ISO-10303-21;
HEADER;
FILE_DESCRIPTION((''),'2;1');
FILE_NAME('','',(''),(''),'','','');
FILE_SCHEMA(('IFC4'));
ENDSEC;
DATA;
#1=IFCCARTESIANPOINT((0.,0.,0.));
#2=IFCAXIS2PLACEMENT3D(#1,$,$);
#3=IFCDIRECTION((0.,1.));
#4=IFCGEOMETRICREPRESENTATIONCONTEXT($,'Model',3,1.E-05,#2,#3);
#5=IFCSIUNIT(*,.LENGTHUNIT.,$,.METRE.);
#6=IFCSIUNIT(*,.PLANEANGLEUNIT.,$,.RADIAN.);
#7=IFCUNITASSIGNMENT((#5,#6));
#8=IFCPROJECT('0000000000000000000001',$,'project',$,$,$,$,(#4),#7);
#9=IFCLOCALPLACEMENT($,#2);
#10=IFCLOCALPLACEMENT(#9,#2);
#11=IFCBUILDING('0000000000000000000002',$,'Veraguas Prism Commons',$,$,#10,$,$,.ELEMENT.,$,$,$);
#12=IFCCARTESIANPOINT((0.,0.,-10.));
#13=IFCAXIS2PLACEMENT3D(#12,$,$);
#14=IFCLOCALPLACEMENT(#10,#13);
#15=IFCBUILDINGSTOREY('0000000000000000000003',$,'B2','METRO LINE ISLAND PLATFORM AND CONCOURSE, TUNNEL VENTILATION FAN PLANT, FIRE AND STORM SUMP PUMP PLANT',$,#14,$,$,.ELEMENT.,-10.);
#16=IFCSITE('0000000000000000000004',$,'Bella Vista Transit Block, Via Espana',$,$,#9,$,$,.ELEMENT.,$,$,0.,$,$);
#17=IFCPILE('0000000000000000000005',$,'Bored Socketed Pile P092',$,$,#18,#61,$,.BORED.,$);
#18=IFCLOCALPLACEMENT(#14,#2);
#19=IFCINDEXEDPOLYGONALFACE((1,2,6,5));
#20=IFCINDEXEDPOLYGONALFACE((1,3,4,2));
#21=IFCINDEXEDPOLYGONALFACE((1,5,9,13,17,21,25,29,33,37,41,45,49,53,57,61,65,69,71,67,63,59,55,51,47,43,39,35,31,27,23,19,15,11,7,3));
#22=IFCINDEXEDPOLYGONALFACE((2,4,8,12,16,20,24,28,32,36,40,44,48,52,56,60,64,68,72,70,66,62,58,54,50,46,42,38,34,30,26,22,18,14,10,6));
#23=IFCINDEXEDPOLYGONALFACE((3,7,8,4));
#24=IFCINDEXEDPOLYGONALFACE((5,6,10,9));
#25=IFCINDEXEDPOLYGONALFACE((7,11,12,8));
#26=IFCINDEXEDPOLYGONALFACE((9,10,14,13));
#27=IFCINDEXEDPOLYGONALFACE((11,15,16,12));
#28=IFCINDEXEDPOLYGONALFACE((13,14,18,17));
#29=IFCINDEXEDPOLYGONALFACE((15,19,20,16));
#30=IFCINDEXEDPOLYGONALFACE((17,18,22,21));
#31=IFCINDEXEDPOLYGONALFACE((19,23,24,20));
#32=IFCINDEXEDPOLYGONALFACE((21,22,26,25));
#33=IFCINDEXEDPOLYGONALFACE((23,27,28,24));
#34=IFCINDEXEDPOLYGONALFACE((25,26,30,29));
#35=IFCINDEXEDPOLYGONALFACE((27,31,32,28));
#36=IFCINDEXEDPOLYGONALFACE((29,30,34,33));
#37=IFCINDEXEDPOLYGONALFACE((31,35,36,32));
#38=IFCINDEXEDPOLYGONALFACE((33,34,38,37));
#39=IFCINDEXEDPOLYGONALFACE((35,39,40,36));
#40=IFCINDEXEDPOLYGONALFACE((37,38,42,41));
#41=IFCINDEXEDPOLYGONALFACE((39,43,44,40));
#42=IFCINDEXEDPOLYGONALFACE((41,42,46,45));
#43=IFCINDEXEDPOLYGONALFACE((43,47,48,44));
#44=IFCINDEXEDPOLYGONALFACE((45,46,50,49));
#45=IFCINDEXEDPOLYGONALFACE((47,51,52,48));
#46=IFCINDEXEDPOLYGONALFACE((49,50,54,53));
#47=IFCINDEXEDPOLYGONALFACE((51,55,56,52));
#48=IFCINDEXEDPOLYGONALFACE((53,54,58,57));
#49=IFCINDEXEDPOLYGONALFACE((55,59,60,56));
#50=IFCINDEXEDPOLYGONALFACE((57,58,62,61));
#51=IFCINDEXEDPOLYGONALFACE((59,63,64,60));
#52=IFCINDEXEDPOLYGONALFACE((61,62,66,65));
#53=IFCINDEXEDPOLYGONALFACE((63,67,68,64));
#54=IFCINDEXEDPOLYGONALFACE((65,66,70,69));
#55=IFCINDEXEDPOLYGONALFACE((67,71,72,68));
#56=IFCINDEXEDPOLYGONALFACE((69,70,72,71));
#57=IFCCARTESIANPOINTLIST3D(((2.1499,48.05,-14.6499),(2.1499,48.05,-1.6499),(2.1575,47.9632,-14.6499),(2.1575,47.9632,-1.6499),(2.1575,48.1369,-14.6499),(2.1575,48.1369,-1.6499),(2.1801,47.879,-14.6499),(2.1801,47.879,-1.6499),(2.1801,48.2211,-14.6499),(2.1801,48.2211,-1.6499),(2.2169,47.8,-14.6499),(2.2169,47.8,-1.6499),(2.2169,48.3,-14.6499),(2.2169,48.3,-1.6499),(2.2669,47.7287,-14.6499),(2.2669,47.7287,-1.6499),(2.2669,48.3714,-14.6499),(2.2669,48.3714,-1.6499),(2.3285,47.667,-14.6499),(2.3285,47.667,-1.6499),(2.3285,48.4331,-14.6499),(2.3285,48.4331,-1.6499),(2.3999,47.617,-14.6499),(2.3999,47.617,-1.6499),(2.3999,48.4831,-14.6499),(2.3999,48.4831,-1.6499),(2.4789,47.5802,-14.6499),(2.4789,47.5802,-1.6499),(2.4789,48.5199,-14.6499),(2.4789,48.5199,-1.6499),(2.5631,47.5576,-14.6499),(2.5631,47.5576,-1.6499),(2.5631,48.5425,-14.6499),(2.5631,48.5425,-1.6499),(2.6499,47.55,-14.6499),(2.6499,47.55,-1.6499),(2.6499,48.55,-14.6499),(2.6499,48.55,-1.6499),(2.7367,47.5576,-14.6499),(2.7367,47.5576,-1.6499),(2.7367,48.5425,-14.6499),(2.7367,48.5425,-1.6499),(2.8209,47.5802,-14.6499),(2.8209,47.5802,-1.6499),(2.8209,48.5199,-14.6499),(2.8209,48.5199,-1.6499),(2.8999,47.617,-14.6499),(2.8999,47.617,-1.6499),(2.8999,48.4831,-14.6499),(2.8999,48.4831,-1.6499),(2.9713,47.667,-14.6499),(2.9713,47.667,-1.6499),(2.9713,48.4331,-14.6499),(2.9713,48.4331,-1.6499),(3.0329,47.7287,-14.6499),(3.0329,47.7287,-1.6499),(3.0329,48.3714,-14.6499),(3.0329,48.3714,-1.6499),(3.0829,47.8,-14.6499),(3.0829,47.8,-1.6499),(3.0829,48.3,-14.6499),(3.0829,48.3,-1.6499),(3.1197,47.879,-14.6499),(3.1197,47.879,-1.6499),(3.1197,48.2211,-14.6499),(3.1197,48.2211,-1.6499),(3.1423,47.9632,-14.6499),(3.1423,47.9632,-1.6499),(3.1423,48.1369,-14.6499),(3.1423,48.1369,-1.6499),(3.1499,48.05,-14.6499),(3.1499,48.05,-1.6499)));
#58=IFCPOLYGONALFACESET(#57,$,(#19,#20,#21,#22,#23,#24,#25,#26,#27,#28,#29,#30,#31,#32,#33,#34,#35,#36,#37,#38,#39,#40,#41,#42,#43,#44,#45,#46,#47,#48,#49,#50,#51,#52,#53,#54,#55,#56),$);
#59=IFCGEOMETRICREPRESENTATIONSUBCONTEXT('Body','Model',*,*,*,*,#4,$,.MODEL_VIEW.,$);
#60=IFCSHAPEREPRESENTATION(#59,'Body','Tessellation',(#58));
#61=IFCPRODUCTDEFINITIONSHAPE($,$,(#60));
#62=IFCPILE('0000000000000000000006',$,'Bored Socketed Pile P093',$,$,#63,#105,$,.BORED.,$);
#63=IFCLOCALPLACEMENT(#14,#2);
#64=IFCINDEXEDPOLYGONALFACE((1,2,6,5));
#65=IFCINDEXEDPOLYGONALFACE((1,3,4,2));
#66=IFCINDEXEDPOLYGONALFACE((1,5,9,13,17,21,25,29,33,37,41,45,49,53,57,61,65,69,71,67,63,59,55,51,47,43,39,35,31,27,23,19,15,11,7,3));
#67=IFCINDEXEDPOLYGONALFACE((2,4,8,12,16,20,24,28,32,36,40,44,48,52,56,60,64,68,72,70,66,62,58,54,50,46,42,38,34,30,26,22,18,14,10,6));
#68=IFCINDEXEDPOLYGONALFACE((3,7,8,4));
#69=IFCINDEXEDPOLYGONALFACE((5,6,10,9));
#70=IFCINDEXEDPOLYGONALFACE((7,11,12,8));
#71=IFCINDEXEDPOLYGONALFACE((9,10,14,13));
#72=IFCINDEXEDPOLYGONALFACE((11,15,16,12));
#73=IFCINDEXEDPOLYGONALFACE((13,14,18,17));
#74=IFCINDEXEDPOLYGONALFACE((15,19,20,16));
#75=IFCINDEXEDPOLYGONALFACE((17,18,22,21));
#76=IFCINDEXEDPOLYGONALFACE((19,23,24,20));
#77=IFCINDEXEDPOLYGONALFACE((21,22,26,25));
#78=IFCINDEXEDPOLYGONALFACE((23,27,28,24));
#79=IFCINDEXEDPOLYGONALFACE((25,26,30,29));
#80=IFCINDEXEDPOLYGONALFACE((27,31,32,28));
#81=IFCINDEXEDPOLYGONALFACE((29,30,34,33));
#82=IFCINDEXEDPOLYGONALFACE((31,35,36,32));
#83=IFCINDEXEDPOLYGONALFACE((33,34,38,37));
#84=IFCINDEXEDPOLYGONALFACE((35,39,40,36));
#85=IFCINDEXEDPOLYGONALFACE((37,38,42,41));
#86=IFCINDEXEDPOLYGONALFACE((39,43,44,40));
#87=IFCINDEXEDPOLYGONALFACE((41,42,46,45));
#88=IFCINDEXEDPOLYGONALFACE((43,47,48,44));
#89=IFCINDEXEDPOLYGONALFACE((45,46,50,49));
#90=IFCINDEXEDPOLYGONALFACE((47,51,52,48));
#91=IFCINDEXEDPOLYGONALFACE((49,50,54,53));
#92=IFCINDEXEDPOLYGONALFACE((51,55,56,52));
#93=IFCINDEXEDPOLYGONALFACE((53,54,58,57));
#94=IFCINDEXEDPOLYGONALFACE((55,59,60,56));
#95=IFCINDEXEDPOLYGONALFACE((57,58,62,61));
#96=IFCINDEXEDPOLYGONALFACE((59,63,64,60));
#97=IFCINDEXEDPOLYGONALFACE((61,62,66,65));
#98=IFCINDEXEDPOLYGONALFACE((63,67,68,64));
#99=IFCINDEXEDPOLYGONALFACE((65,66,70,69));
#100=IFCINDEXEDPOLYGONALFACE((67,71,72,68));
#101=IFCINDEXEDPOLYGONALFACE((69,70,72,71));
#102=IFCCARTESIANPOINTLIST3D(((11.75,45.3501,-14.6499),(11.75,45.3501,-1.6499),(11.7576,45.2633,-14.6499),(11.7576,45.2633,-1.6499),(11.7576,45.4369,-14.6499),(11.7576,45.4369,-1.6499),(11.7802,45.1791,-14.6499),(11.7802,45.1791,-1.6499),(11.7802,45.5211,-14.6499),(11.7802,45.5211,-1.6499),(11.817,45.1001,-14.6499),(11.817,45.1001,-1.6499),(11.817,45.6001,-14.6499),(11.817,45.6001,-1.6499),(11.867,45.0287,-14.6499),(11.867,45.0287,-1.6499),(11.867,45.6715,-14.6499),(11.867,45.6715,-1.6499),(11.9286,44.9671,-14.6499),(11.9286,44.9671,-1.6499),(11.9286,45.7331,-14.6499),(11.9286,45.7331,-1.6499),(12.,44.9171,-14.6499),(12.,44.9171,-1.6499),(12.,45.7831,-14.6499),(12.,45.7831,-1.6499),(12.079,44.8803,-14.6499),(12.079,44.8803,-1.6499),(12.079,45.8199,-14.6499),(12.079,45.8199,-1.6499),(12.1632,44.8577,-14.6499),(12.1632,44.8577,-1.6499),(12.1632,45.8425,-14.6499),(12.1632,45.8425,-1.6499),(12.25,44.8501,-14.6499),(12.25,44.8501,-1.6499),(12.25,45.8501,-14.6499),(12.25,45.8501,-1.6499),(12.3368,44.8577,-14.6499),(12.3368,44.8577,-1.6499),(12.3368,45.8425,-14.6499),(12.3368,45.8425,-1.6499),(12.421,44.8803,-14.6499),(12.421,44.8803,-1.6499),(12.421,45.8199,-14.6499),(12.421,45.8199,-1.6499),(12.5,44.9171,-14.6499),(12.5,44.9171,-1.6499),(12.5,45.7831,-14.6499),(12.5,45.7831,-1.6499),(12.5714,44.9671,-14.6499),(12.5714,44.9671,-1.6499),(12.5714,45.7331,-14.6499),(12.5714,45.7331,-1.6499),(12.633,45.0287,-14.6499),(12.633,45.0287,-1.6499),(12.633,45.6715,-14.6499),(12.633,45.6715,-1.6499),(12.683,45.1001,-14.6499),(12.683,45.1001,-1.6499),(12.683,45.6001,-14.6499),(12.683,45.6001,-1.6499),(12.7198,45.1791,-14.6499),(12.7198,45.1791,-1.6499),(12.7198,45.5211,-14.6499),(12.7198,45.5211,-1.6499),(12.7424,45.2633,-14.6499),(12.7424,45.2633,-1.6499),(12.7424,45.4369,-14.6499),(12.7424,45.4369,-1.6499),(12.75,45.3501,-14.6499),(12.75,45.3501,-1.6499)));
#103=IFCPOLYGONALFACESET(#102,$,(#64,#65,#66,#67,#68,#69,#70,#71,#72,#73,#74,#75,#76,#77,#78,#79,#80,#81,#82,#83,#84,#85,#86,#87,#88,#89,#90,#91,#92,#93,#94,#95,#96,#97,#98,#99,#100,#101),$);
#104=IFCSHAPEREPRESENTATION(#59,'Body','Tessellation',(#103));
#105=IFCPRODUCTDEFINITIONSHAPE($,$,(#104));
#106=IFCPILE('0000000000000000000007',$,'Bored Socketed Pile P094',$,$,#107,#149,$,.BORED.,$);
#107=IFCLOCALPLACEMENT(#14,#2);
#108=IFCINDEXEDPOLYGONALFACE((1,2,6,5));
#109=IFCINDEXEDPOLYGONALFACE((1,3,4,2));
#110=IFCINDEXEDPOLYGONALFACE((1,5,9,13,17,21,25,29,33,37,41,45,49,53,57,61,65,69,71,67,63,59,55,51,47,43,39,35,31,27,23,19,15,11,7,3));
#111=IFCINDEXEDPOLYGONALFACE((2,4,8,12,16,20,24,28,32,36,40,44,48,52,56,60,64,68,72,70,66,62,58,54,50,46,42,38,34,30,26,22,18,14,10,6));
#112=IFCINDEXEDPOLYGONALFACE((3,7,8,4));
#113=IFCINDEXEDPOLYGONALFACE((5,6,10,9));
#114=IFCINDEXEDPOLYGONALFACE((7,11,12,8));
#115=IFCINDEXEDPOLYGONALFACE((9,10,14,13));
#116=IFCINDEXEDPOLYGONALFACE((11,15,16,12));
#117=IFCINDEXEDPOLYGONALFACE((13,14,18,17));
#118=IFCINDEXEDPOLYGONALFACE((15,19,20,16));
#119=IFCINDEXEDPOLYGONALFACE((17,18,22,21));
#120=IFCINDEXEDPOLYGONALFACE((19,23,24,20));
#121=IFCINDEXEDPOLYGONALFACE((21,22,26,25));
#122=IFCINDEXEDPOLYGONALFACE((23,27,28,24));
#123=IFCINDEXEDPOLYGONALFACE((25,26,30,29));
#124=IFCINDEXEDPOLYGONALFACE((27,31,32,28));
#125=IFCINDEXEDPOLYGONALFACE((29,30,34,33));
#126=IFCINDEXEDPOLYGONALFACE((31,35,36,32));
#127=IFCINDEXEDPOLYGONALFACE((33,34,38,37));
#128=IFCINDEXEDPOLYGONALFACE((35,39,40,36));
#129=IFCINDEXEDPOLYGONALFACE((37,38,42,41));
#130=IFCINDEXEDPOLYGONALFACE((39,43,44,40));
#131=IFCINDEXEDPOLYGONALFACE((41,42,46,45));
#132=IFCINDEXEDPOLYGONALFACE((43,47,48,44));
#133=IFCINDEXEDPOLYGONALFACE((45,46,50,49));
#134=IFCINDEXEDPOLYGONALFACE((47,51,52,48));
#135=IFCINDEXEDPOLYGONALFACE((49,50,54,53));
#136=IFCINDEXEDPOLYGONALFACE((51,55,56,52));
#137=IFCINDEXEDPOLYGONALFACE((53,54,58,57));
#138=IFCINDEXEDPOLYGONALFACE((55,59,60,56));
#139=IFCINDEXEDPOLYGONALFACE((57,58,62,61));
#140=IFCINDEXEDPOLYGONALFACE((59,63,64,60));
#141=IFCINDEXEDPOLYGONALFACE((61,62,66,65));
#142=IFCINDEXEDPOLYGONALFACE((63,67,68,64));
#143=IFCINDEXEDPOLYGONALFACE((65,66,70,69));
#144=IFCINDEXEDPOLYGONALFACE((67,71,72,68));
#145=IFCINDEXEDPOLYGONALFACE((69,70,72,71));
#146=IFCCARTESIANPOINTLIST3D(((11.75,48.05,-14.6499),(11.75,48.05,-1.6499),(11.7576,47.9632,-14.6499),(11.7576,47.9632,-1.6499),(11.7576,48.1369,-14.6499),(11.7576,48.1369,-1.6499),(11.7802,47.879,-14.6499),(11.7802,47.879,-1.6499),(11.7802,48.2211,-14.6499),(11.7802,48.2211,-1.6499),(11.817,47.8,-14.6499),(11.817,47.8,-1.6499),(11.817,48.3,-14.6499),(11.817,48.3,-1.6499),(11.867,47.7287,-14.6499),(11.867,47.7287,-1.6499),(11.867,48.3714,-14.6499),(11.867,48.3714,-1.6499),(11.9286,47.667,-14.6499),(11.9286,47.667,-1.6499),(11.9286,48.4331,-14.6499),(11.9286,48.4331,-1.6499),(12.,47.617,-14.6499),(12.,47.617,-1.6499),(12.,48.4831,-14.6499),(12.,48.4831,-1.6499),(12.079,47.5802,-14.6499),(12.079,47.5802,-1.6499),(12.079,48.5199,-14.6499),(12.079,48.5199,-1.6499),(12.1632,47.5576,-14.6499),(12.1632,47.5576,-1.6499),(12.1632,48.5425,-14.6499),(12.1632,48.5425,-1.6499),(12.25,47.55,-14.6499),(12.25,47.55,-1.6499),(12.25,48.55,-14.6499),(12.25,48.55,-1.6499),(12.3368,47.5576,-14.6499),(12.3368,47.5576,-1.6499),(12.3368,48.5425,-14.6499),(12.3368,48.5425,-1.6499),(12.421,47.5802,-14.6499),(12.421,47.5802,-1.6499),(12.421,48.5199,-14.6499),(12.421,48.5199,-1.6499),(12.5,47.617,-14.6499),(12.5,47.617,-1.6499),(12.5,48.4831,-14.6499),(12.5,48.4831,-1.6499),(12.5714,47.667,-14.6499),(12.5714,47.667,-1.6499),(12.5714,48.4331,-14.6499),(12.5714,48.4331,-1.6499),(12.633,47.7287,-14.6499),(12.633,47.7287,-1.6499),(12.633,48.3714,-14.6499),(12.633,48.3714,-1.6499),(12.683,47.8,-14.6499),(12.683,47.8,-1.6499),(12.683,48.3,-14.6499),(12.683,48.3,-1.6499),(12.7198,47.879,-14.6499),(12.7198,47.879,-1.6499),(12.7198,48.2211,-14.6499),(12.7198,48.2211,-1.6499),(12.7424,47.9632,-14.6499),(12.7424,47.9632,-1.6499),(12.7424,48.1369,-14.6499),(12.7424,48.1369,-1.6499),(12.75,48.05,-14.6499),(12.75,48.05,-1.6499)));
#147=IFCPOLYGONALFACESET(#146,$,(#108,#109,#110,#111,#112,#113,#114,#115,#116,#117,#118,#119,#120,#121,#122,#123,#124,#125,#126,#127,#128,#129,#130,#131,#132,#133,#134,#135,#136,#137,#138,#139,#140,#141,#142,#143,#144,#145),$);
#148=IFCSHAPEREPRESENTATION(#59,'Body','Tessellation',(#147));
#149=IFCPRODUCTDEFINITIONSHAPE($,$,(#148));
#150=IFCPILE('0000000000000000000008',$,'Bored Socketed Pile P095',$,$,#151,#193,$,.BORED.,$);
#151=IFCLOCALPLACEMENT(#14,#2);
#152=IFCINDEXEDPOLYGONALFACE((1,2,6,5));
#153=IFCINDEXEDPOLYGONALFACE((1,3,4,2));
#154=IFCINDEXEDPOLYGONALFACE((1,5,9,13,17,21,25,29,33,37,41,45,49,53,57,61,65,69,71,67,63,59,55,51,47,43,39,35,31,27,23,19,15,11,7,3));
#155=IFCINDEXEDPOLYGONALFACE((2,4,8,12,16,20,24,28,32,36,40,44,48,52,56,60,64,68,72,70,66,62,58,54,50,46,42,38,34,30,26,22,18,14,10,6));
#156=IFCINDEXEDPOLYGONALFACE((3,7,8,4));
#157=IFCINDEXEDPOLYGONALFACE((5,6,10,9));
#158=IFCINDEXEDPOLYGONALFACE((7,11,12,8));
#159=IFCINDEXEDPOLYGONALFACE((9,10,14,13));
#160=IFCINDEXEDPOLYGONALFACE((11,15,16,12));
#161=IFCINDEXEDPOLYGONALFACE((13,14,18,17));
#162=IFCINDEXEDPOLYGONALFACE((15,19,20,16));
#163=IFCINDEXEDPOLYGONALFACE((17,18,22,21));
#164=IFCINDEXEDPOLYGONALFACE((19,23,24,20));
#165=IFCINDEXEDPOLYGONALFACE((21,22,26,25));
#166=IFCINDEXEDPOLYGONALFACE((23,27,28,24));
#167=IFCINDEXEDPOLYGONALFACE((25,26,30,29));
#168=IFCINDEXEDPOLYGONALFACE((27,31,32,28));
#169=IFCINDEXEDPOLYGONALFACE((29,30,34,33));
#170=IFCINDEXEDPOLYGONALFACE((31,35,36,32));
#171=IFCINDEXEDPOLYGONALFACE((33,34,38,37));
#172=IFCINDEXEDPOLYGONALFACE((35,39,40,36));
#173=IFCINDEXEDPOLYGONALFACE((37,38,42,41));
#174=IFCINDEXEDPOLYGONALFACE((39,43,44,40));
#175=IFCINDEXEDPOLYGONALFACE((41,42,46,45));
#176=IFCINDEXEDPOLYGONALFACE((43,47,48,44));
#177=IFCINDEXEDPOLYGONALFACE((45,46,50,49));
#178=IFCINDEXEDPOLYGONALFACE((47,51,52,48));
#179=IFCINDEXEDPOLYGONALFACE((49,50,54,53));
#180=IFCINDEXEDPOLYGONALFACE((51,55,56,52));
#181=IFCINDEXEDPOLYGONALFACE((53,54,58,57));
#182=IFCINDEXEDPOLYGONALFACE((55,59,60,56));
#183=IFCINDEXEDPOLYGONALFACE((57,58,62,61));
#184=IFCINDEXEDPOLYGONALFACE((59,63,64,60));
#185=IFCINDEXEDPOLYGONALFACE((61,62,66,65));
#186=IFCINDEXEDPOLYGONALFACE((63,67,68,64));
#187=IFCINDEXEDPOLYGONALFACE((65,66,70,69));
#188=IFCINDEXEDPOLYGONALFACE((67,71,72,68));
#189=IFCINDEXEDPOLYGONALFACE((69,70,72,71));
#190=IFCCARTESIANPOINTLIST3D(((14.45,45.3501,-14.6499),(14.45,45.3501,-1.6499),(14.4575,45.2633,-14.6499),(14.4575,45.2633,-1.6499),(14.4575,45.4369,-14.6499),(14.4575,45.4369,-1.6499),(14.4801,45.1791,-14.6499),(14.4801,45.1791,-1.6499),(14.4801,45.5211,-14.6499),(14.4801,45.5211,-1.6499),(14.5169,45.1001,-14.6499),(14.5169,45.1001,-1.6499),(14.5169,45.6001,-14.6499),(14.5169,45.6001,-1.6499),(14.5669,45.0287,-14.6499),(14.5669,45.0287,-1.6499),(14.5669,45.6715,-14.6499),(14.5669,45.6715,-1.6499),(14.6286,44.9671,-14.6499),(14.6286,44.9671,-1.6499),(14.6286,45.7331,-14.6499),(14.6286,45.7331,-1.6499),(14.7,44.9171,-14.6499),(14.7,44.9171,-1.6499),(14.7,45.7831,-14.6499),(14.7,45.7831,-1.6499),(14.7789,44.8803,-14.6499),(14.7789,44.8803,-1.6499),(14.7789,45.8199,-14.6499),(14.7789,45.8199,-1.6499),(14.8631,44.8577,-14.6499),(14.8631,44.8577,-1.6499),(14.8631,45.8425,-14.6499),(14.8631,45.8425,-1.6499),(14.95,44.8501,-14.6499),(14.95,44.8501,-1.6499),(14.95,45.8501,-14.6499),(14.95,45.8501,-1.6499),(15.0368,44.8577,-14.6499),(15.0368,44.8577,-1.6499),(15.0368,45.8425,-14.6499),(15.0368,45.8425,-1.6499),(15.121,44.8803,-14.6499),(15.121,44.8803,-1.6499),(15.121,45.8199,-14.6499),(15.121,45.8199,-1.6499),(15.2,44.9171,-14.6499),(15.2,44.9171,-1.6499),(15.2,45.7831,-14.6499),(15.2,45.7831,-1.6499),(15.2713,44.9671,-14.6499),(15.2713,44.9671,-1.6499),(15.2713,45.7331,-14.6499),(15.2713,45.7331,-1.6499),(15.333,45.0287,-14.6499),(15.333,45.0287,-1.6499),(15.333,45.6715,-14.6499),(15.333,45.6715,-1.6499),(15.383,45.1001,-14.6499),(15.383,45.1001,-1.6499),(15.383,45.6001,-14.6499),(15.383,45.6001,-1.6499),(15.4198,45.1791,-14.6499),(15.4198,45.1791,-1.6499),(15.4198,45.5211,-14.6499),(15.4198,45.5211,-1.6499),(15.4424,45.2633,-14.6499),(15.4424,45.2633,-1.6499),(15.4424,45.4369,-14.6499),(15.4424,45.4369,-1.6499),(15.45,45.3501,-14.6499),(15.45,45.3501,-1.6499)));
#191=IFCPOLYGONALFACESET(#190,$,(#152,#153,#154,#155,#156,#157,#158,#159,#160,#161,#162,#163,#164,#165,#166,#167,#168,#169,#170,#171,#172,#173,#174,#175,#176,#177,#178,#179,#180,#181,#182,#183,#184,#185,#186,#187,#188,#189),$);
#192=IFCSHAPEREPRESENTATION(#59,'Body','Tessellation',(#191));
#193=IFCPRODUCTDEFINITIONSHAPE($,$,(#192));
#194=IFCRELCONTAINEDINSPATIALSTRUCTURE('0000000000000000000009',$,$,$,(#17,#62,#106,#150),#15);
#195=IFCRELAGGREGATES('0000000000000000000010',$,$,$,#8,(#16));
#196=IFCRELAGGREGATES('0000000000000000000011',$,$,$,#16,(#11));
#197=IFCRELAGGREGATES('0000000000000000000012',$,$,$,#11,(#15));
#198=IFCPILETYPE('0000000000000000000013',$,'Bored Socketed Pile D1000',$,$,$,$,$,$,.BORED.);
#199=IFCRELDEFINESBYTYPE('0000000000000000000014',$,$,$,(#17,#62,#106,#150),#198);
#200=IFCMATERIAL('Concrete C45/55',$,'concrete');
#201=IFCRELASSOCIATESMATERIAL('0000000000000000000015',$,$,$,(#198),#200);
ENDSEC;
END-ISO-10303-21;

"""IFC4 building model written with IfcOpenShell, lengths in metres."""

from ifc_helpers import new_model, si_unit, direction, frame, origin, origin_2d, place, context, subcontext, project, spatial, circle, extrude, source, transform, mapped, material, material_profile, profile_set, type_object, element, save


model = new_model("IFC4")

# Units and contexts
model_context = context("Model", 3, precision=1e-05, world=origin(), true_north=direction((0.0, 1.0)))
body_context = subcontext(model_context, "Body", "Model", "MODEL_VIEW")
ifc_project = project(units=[si_unit("LENGTHUNIT", "METRE"), si_unit("PLANEANGLEUNIT", "RADIAN")], contexts=[model_context])

# Site, building, storey
site_placement = place(None, origin())
site = spatial("IfcSite", under=ifc_project, at=site_placement, Name="Bella Vista Transit Block, Via Espana", CompositionType="ELEMENT", RefElevation=0.0)
building_placement = place(site_placement, origin())
building = spatial("IfcBuilding", under=site, at=building_placement, Name="Veraguas Prism Commons", CompositionType="ELEMENT")
storey_placement = place(building_placement, frame((0.0, 0.0, -10.0)))
storey = spatial("IfcBuildingStorey", under=building, at=storey_placement, Name="B2", Description="METRO LINE ISLAND PLATFORM AND CONCOURSE, TUNNEL VENTILATION FAN PLANT, FIRE AND STORM SUMP PUMP PLANT", CompositionType="ELEMENT", Elevation=-10.0)

# Shared definitions
ifc_material_1 = material(Name="Concrete C45/55", Category="concrete")

# Piles
ifc_material_profile_1 = material_profile(ifc_material_1, circle(Radius=0.5, at=origin_2d()), Name="PILE1000")
ifc_profile_set_1 = profile_set([ifc_material_profile_1], Name="Concrete C45/55")
pile_type_1 = type_object("IfcPileType", Name="Bored Socketed Pile D1000", PredefinedType="BORED", material=ifc_profile_set_1)
shared_shape_1 = source(origin(), body_context, "Body", "SweptSolid", [
    extrude(circle(Radius=0.5, at=origin_2d()), origin(), (0.0, 0.0, 1.0), 13.0),
])
for number, where, z_axis, x_axis, name in (
    (1, (2.6499, 48.05, -1.6499), (0.0, 0.0, -1.0), (1.0, 0.0, 0.0), "Bored Socketed Pile P092"),
    (2, (12.25, 45.3501, -1.6499), (0.0, 0.0, -1.0), (1.0, 0.0, 0.0), "Bored Socketed Pile P093"),
    (3, (12.25, 48.05, -1.6499), (0.0, 0.0, -1.0), (1.0, 0.0, 0.0), "Bored Socketed Pile P094"),
    (4, (14.95, 45.3501, -1.6499), (0.0, 0.0, -1.0), (1.0, 0.0, 0.0), "Bored Socketed Pile P095"),
):
    element("IfcPile", number, at=place(storey_placement, frame(where, z_axis=z_axis, x_axis=x_axis)), inside=storey, type_object=pile_type_1, Name=name, PredefinedType="BORED", context=body_context, shape_type="MappedRepresentation", body=[
        mapped(shared_shape_1, transform((0.0, 0.0, 0.0), scale=1.0)),
    ])

save(model, "model.ifc")
